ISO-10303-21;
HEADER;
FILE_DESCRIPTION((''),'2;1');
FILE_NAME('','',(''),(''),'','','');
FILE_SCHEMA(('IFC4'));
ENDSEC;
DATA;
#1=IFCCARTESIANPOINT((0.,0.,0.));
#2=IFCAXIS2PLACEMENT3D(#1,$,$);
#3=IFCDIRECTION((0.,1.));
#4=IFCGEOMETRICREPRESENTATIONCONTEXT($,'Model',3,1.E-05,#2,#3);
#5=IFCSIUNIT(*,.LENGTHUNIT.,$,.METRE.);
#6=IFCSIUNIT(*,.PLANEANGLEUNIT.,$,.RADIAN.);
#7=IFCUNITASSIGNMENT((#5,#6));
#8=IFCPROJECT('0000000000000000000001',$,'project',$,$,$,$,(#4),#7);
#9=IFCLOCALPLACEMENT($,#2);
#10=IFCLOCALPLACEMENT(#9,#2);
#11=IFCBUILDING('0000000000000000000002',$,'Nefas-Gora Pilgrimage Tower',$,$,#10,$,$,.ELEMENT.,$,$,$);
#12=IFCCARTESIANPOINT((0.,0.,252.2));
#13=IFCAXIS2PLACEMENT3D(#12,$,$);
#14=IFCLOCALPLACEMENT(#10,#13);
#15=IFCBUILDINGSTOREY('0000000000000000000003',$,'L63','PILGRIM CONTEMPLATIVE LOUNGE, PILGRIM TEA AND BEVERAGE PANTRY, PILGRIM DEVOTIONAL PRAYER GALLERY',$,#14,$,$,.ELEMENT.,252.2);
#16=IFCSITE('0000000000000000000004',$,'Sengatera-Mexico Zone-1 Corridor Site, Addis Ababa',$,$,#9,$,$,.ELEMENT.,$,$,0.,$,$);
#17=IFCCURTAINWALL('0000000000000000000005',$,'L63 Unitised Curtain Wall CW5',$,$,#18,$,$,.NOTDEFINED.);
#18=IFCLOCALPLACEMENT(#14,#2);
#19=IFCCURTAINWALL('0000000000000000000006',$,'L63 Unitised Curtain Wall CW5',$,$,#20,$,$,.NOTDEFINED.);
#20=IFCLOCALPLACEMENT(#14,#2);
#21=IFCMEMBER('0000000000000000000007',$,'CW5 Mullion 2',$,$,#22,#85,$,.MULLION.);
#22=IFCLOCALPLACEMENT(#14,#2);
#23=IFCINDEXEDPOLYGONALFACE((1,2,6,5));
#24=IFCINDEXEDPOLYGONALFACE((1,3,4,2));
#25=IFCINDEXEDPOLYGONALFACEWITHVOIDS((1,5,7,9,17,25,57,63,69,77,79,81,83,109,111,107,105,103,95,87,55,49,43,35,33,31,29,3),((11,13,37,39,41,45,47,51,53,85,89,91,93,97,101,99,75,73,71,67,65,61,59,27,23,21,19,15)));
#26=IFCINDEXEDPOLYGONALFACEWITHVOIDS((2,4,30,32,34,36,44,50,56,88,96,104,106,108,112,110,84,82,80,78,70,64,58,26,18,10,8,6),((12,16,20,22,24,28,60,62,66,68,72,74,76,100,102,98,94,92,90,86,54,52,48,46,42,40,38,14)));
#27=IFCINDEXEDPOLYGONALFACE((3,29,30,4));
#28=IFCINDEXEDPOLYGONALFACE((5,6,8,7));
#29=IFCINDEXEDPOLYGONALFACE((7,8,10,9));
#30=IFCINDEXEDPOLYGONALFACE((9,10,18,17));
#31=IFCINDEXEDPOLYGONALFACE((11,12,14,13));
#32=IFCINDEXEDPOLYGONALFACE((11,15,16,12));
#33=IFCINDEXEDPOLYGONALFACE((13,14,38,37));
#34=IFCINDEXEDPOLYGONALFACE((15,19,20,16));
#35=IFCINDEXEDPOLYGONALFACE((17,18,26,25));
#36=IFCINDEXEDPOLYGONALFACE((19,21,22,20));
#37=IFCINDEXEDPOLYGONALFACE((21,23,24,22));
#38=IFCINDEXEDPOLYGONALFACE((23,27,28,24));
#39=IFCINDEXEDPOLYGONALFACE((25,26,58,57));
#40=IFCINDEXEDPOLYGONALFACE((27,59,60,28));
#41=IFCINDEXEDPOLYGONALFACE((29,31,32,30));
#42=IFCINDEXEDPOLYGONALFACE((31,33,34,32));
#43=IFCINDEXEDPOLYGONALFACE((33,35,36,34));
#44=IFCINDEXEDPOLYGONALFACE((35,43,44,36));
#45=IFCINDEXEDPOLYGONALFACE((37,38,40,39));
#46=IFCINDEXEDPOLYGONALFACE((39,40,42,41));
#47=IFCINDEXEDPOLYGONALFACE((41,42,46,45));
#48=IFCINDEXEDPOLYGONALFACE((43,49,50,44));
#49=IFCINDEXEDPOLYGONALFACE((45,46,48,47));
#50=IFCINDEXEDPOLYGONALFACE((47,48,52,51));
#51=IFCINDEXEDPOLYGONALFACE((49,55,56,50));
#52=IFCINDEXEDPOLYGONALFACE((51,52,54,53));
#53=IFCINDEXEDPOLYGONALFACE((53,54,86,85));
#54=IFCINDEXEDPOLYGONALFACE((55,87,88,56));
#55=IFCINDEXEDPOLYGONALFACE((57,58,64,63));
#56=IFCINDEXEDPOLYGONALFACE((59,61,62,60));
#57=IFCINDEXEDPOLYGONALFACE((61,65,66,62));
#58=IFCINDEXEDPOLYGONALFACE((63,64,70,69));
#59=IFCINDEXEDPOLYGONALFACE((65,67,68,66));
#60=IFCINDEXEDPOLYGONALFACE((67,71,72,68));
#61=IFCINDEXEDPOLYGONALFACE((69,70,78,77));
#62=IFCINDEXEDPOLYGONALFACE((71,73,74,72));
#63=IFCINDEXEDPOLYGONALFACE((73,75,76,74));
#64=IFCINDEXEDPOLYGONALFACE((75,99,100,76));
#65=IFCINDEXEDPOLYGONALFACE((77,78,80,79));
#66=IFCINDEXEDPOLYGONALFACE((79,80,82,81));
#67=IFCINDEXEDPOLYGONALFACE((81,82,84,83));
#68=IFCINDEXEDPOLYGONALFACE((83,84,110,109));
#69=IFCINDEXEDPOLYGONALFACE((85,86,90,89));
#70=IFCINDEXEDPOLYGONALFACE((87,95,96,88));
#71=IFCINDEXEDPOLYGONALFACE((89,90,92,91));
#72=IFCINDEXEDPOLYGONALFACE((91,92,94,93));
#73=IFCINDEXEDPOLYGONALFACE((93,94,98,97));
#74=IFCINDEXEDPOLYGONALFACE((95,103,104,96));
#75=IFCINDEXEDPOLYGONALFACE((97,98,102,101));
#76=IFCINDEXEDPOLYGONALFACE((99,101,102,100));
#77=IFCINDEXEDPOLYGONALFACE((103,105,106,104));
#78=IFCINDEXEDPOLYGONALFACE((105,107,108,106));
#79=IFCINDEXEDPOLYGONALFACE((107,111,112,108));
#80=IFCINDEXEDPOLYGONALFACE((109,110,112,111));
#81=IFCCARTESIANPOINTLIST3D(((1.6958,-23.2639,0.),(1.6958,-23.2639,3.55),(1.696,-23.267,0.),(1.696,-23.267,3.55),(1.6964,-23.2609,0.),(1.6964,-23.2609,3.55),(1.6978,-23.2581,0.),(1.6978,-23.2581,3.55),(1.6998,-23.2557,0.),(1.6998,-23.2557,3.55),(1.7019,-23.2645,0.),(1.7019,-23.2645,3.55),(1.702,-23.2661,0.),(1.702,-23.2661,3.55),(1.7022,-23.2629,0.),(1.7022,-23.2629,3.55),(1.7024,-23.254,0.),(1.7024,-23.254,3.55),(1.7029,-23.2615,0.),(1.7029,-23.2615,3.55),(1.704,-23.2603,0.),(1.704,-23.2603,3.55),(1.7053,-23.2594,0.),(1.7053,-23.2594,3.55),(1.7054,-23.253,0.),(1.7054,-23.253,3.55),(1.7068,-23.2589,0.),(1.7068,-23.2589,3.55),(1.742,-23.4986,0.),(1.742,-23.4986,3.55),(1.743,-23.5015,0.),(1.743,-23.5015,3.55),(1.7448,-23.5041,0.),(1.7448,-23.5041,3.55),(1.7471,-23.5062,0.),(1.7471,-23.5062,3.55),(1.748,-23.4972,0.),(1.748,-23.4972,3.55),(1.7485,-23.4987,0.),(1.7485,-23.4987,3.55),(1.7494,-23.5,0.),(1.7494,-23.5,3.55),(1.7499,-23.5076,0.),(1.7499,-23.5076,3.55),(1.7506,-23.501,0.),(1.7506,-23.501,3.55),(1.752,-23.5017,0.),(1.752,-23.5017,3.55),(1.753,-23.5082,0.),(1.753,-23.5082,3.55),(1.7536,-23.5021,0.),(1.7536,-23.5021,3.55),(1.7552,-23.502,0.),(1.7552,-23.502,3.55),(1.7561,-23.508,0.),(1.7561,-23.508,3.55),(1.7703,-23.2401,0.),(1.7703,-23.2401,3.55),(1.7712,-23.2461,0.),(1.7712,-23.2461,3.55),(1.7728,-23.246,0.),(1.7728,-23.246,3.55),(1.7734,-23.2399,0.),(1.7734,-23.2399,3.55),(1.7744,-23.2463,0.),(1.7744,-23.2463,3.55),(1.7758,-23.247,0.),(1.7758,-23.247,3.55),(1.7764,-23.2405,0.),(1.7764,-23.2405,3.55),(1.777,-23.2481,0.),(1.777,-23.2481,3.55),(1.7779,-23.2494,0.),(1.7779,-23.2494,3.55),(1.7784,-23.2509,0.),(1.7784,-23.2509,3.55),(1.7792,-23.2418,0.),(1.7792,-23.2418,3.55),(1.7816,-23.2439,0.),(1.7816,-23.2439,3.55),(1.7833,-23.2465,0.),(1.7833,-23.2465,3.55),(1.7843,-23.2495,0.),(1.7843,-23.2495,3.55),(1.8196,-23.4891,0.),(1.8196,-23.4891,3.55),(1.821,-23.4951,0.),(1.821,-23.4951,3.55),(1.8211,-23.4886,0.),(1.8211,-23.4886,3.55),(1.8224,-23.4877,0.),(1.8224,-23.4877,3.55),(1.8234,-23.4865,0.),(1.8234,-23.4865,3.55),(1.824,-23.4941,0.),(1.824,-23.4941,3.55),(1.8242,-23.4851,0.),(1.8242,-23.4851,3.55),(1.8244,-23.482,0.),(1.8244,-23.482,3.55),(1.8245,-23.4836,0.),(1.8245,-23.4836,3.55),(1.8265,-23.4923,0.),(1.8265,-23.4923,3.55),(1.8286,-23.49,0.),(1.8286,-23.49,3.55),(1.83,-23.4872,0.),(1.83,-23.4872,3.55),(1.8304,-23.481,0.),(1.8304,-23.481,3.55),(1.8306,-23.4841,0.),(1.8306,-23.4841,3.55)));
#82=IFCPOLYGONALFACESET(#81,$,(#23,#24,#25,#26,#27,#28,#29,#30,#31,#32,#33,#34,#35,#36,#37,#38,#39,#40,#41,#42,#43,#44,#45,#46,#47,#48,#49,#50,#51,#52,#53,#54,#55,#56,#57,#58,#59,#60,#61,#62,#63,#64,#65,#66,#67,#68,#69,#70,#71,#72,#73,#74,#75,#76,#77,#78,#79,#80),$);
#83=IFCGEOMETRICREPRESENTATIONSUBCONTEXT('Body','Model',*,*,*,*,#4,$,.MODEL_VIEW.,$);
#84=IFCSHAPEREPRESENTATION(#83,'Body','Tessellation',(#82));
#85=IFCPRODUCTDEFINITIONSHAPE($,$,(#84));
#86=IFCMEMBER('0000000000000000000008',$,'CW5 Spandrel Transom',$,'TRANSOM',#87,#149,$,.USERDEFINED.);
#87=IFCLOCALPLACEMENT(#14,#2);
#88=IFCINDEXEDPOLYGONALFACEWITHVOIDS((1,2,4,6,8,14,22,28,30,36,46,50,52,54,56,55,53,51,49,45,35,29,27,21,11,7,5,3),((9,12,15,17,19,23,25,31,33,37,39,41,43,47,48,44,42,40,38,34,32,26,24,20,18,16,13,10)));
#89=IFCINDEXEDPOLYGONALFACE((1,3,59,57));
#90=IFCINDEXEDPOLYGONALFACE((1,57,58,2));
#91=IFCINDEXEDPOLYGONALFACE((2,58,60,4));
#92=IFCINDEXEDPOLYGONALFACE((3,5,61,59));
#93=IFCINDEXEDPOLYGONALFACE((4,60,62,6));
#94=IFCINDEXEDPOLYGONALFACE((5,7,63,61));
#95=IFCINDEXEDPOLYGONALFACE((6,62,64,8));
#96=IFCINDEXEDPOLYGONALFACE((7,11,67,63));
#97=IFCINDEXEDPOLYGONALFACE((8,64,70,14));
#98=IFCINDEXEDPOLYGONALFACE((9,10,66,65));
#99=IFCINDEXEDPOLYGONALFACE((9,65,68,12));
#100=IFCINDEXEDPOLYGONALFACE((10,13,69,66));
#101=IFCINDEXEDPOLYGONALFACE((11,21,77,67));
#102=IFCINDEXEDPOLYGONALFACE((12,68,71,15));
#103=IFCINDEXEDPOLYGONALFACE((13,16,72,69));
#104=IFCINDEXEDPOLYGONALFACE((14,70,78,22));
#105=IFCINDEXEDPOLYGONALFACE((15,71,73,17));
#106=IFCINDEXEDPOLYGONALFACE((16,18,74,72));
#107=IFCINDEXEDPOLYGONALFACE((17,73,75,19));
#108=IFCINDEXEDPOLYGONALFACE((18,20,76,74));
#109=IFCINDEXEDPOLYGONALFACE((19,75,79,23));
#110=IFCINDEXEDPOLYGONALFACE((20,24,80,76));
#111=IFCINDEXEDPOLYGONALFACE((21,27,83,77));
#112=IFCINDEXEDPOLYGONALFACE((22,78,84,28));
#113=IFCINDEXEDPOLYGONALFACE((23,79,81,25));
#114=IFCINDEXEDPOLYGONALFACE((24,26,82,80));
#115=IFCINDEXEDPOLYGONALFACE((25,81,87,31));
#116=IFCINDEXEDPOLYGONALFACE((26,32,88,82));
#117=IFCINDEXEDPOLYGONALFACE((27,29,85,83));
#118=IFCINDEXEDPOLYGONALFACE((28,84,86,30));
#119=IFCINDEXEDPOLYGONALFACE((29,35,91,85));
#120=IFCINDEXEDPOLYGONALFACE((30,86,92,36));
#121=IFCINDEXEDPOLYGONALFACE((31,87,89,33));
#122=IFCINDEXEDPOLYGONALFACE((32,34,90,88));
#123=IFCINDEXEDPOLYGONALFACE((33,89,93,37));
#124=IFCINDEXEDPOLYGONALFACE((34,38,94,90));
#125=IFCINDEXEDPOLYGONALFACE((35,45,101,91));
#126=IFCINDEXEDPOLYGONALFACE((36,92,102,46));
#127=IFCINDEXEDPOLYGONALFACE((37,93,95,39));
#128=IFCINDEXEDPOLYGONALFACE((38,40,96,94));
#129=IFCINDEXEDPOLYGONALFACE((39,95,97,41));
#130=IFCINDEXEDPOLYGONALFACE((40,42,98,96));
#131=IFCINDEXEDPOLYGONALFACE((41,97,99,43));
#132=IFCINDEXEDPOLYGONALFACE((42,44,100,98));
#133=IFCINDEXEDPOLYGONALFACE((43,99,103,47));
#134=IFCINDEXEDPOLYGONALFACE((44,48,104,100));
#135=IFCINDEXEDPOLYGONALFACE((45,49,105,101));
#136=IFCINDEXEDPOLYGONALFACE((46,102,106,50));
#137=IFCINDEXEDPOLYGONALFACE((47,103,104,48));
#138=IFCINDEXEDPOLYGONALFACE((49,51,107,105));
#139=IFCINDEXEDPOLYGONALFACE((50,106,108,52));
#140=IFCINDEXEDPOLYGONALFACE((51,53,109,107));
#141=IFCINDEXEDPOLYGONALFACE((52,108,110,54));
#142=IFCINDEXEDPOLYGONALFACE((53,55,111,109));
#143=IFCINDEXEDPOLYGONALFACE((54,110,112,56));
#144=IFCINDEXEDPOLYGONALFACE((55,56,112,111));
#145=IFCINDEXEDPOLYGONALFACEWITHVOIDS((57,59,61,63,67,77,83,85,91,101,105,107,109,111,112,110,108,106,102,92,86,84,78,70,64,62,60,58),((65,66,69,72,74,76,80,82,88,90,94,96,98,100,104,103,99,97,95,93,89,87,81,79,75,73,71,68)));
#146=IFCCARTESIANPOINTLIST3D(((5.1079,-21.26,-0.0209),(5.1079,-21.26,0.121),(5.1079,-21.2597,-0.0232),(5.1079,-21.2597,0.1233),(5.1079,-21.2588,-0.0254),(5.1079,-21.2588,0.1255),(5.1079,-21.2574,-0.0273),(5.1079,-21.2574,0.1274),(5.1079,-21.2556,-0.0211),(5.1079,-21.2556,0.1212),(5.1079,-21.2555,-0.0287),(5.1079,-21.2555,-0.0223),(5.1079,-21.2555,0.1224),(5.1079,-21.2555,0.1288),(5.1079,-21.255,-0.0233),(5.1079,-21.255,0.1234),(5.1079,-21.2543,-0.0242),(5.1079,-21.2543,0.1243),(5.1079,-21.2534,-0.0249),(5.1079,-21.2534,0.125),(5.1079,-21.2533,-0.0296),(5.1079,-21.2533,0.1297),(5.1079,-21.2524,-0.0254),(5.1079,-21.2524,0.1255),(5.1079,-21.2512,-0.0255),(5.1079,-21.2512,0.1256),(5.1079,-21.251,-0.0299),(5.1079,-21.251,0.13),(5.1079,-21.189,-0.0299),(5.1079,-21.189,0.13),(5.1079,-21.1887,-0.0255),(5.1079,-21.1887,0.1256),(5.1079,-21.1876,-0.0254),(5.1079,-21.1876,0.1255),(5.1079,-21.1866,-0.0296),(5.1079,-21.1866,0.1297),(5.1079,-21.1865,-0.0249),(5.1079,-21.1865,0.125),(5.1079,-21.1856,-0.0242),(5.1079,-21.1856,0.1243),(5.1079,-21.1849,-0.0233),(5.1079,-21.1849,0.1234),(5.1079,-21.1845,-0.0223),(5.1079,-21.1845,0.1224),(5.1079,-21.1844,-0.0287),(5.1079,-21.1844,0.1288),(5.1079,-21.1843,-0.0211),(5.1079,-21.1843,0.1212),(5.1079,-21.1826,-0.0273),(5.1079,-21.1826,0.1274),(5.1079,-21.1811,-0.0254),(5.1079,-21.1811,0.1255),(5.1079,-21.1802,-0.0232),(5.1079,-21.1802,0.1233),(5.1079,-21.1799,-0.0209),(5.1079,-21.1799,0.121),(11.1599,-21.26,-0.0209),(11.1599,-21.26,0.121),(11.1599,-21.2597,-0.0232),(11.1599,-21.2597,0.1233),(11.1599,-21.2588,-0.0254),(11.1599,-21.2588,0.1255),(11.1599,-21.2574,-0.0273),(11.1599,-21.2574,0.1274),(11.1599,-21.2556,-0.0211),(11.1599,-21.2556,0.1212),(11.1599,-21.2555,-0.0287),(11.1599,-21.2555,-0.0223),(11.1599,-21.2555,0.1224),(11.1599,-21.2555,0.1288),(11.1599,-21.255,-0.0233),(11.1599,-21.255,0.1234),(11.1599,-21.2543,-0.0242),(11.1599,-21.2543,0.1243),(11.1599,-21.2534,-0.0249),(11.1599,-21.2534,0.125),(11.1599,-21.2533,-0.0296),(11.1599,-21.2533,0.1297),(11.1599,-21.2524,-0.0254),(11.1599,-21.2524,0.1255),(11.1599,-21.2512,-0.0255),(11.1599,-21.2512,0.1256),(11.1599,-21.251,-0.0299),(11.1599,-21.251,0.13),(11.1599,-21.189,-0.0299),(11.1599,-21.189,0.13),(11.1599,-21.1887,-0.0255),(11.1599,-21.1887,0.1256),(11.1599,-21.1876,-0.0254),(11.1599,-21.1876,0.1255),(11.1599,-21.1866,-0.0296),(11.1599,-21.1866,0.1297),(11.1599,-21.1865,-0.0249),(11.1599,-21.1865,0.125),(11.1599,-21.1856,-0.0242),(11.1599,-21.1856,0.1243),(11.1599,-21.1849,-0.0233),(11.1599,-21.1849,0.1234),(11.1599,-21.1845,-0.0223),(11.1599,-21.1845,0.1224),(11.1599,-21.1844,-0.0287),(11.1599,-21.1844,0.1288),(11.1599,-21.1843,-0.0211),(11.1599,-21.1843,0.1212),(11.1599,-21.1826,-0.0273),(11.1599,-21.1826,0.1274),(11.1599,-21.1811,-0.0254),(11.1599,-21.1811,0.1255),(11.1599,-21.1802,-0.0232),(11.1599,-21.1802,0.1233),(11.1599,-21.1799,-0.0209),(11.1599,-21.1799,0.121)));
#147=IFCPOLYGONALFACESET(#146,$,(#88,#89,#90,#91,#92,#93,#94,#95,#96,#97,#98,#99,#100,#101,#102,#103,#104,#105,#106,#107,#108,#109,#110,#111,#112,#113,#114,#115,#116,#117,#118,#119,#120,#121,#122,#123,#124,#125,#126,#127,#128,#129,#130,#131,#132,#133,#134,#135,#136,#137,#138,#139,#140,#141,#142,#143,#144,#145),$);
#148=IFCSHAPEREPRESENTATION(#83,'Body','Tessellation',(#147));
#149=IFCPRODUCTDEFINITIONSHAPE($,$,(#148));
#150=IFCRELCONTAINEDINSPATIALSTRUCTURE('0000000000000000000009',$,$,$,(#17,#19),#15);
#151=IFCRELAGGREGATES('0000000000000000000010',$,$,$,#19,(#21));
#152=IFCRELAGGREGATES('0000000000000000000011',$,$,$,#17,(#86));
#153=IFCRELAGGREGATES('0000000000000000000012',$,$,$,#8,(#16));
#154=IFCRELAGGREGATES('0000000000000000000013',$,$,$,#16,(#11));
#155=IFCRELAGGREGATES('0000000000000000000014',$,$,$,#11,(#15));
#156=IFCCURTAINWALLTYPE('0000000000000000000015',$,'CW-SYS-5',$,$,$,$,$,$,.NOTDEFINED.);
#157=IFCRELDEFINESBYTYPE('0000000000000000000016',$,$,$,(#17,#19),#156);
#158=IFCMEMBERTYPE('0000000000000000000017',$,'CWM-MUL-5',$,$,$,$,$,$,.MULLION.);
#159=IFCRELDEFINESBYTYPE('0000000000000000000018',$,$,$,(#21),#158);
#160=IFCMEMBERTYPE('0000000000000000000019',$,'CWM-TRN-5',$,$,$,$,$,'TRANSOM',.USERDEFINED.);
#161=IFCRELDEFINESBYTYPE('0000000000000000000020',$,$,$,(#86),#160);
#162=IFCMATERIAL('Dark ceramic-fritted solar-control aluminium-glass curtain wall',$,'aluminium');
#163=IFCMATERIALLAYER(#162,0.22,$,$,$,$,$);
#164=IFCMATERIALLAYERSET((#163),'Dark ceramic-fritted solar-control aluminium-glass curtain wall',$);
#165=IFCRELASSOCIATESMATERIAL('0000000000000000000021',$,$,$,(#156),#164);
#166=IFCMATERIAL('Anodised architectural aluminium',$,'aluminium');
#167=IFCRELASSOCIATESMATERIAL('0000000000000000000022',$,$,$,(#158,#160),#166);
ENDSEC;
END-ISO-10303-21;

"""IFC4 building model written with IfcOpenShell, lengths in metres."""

from ifc_helpers import new_model, si_unit, direction, frame, origin, origin_2d, place, context, subcontext, project, spatial, hollow_rectangle, extrude, source, transform, mapped, material, layer, layer_set, material_profile, profile_set, type_object, element, aggregate, save


model = new_model("IFC4")

# Units and contexts
model_context = context("Model", 3, precision=1e-05, world=origin(), true_north=direction((0.0, 1.0)))
body_context = subcontext(model_context, "Body", "Model", "MODEL_VIEW")
ifc_project = project(units=[si_unit("LENGTHUNIT", "METRE"), si_unit("PLANEANGLEUNIT", "RADIAN")], contexts=[model_context])

# Site, building, storey
site_placement = place(None, origin())
site = spatial("IfcSite", under=ifc_project, at=site_placement, Name="Sengatera-Mexico Zone-1 Corridor Site, Addis Ababa", CompositionType="ELEMENT", RefElevation=0.0)
building_placement = place(site_placement, origin())
building = spatial("IfcBuilding", under=site, at=building_placement, Name="Nefas-Gora Pilgrimage Tower", CompositionType="ELEMENT")
storey_placement = place(building_placement, frame((0.0, 0.0, 252.2)))
storey = spatial("IfcBuildingStorey", under=building, at=storey_placement, Name="L63", Description="PILGRIM CONTEMPLATIVE LOUNGE, PILGRIM TEA AND BEVERAGE PANTRY, PILGRIM DEVOTIONAL PRAYER GALLERY", CompositionType="ELEMENT", Elevation=252.2)

# Curtain wall
ifc_material_1 = material(Name="Dark ceramic-fritted solar-control aluminium-glass curtain wall", Category="aluminium")
ifc_layer_1 = layer(ifc_material_1, 0.22)
ifc_layer_set_1 = layer_set([ifc_layer_1], Name="Dark ceramic-fritted solar-control aluminium-glass curtain wall")
curtain_wall_type_1 = type_object("IfcCurtainWallType", Name="CW-SYS-5", PredefinedType="NOTDEFINED", material=ifc_layer_set_1)
curtain_wall_1_placement = place(storey_placement, origin())
curtain_wall_1 = element("IfcCurtainWall", 1, at=curtain_wall_1_placement, inside=storey, type_object=curtain_wall_type_1, Name="L63 Unitised Curtain Wall CW5", PredefinedType="NOTDEFINED")
ifc_material_2 = material(Name="Anodised architectural aluminium", Category="aluminium")
ifc_material_profile_1 = material_profile(ifc_material_2, hollow_rectangle(XDim=0.0901, YDim=0.26, WallThickness=0.0061, InnerFilletRadius=0.0061, OuterFilletRadius=0.012, at=origin_2d()), Name="ALU MULLION 90x260")
ifc_profile_set_1 = profile_set([ifc_material_profile_1], Name="Anodised architectural aluminium")
member_type_1 = type_object("IfcMemberType", Name="CWM-MUL-5", PredefinedType="MULLION", material=ifc_profile_set_1)
shared_shape_1 = source(origin(), body_context, "Body", "SweptSolid", [
    extrude(hollow_rectangle(XDim=0.0901, YDim=0.26, WallThickness=0.0061, InnerFilletRadius=0.0061, OuterFilletRadius=0.012, at=origin_2d()), origin(), (0.0, 0.0, 1.0), 3.55),
])

# Curtain wall, member
curtain_wall_2_placement = place(storey_placement, origin())
curtain_wall_2 = element("IfcCurtainWall", 2, at=curtain_wall_2_placement, inside=storey, type_object=curtain_wall_type_1, Name="L63 Unitised Curtain Wall CW5", PredefinedType="NOTDEFINED")
member_1_placement = place(storey_placement, frame((1.7632, -23.374, 0.0), z_axis=(0.0, 0.0, 1.0), x_axis=(0.980783, 0.195102, 0.0)))
member_1 = element("IfcMember", 3, at=member_1_placement, type_object=member_type_1, Name="CW5 Mullion 2", PredefinedType="MULLION", context=body_context, shape_type="MappedRepresentation", body=[
    mapped(shared_shape_1, transform((0.0, 0.0, 0.0), x_axis=(1.0, 0.0, 0.0), y_axis=(0.0, 1.0, 0.0), z_axis=(0.0, 0.0, 1.0), scale=1.0)),
])
aggregate(curtain_wall_2, [member_1])

# Member
ifc_material_profile_2 = material_profile(ifc_material_2, hollow_rectangle(XDim=0.0801, YDim=0.1599, WallThickness=0.0044, InnerFilletRadius=0.0044, OuterFilletRadius=0.009, at=origin_2d()), Name="ALU TRANSOM 80x160")
ifc_profile_set_2 = profile_set([ifc_material_profile_2], Name="Anodised architectural aluminium")
member_type_2 = type_object("IfcMemberType", Name="CWM-TRN-5", ElementType="TRANSOM", PredefinedType="USERDEFINED", material=ifc_profile_set_2)
shared_shape_2 = source(origin(), body_context, "Body", "SweptSolid", [
    extrude(hollow_rectangle(XDim=0.0801, YDim=0.1599, WallThickness=0.0044, InnerFilletRadius=0.0044, OuterFilletRadius=0.009, at=origin_2d()), origin(), (0.0, 0.0, 1.0), 6.052),
])
member_2_placement = place(storey_placement, frame((5.1079, -21.22, 0.05), z_axis=(1.0, 0.0, 0.0), x_axis=(0.0, 1.0, 0.0)))
member_2 = element("IfcMember", 4, at=member_2_placement, type_object=member_type_2, Name="CW5 Spandrel Transom", ObjectType="TRANSOM", PredefinedType="USERDEFINED", context=body_context, shape_type="MappedRepresentation", body=[
    mapped(shared_shape_2, transform((0.0, 0.0, 0.0), x_axis=(1.0, 0.0, 0.0), y_axis=(0.0, 1.0, 0.0), z_axis=(0.0, 0.0, 1.0), scale=1.0)),
])

aggregate(curtain_wall_1, [member_2])

save(model, "model.ifc")
